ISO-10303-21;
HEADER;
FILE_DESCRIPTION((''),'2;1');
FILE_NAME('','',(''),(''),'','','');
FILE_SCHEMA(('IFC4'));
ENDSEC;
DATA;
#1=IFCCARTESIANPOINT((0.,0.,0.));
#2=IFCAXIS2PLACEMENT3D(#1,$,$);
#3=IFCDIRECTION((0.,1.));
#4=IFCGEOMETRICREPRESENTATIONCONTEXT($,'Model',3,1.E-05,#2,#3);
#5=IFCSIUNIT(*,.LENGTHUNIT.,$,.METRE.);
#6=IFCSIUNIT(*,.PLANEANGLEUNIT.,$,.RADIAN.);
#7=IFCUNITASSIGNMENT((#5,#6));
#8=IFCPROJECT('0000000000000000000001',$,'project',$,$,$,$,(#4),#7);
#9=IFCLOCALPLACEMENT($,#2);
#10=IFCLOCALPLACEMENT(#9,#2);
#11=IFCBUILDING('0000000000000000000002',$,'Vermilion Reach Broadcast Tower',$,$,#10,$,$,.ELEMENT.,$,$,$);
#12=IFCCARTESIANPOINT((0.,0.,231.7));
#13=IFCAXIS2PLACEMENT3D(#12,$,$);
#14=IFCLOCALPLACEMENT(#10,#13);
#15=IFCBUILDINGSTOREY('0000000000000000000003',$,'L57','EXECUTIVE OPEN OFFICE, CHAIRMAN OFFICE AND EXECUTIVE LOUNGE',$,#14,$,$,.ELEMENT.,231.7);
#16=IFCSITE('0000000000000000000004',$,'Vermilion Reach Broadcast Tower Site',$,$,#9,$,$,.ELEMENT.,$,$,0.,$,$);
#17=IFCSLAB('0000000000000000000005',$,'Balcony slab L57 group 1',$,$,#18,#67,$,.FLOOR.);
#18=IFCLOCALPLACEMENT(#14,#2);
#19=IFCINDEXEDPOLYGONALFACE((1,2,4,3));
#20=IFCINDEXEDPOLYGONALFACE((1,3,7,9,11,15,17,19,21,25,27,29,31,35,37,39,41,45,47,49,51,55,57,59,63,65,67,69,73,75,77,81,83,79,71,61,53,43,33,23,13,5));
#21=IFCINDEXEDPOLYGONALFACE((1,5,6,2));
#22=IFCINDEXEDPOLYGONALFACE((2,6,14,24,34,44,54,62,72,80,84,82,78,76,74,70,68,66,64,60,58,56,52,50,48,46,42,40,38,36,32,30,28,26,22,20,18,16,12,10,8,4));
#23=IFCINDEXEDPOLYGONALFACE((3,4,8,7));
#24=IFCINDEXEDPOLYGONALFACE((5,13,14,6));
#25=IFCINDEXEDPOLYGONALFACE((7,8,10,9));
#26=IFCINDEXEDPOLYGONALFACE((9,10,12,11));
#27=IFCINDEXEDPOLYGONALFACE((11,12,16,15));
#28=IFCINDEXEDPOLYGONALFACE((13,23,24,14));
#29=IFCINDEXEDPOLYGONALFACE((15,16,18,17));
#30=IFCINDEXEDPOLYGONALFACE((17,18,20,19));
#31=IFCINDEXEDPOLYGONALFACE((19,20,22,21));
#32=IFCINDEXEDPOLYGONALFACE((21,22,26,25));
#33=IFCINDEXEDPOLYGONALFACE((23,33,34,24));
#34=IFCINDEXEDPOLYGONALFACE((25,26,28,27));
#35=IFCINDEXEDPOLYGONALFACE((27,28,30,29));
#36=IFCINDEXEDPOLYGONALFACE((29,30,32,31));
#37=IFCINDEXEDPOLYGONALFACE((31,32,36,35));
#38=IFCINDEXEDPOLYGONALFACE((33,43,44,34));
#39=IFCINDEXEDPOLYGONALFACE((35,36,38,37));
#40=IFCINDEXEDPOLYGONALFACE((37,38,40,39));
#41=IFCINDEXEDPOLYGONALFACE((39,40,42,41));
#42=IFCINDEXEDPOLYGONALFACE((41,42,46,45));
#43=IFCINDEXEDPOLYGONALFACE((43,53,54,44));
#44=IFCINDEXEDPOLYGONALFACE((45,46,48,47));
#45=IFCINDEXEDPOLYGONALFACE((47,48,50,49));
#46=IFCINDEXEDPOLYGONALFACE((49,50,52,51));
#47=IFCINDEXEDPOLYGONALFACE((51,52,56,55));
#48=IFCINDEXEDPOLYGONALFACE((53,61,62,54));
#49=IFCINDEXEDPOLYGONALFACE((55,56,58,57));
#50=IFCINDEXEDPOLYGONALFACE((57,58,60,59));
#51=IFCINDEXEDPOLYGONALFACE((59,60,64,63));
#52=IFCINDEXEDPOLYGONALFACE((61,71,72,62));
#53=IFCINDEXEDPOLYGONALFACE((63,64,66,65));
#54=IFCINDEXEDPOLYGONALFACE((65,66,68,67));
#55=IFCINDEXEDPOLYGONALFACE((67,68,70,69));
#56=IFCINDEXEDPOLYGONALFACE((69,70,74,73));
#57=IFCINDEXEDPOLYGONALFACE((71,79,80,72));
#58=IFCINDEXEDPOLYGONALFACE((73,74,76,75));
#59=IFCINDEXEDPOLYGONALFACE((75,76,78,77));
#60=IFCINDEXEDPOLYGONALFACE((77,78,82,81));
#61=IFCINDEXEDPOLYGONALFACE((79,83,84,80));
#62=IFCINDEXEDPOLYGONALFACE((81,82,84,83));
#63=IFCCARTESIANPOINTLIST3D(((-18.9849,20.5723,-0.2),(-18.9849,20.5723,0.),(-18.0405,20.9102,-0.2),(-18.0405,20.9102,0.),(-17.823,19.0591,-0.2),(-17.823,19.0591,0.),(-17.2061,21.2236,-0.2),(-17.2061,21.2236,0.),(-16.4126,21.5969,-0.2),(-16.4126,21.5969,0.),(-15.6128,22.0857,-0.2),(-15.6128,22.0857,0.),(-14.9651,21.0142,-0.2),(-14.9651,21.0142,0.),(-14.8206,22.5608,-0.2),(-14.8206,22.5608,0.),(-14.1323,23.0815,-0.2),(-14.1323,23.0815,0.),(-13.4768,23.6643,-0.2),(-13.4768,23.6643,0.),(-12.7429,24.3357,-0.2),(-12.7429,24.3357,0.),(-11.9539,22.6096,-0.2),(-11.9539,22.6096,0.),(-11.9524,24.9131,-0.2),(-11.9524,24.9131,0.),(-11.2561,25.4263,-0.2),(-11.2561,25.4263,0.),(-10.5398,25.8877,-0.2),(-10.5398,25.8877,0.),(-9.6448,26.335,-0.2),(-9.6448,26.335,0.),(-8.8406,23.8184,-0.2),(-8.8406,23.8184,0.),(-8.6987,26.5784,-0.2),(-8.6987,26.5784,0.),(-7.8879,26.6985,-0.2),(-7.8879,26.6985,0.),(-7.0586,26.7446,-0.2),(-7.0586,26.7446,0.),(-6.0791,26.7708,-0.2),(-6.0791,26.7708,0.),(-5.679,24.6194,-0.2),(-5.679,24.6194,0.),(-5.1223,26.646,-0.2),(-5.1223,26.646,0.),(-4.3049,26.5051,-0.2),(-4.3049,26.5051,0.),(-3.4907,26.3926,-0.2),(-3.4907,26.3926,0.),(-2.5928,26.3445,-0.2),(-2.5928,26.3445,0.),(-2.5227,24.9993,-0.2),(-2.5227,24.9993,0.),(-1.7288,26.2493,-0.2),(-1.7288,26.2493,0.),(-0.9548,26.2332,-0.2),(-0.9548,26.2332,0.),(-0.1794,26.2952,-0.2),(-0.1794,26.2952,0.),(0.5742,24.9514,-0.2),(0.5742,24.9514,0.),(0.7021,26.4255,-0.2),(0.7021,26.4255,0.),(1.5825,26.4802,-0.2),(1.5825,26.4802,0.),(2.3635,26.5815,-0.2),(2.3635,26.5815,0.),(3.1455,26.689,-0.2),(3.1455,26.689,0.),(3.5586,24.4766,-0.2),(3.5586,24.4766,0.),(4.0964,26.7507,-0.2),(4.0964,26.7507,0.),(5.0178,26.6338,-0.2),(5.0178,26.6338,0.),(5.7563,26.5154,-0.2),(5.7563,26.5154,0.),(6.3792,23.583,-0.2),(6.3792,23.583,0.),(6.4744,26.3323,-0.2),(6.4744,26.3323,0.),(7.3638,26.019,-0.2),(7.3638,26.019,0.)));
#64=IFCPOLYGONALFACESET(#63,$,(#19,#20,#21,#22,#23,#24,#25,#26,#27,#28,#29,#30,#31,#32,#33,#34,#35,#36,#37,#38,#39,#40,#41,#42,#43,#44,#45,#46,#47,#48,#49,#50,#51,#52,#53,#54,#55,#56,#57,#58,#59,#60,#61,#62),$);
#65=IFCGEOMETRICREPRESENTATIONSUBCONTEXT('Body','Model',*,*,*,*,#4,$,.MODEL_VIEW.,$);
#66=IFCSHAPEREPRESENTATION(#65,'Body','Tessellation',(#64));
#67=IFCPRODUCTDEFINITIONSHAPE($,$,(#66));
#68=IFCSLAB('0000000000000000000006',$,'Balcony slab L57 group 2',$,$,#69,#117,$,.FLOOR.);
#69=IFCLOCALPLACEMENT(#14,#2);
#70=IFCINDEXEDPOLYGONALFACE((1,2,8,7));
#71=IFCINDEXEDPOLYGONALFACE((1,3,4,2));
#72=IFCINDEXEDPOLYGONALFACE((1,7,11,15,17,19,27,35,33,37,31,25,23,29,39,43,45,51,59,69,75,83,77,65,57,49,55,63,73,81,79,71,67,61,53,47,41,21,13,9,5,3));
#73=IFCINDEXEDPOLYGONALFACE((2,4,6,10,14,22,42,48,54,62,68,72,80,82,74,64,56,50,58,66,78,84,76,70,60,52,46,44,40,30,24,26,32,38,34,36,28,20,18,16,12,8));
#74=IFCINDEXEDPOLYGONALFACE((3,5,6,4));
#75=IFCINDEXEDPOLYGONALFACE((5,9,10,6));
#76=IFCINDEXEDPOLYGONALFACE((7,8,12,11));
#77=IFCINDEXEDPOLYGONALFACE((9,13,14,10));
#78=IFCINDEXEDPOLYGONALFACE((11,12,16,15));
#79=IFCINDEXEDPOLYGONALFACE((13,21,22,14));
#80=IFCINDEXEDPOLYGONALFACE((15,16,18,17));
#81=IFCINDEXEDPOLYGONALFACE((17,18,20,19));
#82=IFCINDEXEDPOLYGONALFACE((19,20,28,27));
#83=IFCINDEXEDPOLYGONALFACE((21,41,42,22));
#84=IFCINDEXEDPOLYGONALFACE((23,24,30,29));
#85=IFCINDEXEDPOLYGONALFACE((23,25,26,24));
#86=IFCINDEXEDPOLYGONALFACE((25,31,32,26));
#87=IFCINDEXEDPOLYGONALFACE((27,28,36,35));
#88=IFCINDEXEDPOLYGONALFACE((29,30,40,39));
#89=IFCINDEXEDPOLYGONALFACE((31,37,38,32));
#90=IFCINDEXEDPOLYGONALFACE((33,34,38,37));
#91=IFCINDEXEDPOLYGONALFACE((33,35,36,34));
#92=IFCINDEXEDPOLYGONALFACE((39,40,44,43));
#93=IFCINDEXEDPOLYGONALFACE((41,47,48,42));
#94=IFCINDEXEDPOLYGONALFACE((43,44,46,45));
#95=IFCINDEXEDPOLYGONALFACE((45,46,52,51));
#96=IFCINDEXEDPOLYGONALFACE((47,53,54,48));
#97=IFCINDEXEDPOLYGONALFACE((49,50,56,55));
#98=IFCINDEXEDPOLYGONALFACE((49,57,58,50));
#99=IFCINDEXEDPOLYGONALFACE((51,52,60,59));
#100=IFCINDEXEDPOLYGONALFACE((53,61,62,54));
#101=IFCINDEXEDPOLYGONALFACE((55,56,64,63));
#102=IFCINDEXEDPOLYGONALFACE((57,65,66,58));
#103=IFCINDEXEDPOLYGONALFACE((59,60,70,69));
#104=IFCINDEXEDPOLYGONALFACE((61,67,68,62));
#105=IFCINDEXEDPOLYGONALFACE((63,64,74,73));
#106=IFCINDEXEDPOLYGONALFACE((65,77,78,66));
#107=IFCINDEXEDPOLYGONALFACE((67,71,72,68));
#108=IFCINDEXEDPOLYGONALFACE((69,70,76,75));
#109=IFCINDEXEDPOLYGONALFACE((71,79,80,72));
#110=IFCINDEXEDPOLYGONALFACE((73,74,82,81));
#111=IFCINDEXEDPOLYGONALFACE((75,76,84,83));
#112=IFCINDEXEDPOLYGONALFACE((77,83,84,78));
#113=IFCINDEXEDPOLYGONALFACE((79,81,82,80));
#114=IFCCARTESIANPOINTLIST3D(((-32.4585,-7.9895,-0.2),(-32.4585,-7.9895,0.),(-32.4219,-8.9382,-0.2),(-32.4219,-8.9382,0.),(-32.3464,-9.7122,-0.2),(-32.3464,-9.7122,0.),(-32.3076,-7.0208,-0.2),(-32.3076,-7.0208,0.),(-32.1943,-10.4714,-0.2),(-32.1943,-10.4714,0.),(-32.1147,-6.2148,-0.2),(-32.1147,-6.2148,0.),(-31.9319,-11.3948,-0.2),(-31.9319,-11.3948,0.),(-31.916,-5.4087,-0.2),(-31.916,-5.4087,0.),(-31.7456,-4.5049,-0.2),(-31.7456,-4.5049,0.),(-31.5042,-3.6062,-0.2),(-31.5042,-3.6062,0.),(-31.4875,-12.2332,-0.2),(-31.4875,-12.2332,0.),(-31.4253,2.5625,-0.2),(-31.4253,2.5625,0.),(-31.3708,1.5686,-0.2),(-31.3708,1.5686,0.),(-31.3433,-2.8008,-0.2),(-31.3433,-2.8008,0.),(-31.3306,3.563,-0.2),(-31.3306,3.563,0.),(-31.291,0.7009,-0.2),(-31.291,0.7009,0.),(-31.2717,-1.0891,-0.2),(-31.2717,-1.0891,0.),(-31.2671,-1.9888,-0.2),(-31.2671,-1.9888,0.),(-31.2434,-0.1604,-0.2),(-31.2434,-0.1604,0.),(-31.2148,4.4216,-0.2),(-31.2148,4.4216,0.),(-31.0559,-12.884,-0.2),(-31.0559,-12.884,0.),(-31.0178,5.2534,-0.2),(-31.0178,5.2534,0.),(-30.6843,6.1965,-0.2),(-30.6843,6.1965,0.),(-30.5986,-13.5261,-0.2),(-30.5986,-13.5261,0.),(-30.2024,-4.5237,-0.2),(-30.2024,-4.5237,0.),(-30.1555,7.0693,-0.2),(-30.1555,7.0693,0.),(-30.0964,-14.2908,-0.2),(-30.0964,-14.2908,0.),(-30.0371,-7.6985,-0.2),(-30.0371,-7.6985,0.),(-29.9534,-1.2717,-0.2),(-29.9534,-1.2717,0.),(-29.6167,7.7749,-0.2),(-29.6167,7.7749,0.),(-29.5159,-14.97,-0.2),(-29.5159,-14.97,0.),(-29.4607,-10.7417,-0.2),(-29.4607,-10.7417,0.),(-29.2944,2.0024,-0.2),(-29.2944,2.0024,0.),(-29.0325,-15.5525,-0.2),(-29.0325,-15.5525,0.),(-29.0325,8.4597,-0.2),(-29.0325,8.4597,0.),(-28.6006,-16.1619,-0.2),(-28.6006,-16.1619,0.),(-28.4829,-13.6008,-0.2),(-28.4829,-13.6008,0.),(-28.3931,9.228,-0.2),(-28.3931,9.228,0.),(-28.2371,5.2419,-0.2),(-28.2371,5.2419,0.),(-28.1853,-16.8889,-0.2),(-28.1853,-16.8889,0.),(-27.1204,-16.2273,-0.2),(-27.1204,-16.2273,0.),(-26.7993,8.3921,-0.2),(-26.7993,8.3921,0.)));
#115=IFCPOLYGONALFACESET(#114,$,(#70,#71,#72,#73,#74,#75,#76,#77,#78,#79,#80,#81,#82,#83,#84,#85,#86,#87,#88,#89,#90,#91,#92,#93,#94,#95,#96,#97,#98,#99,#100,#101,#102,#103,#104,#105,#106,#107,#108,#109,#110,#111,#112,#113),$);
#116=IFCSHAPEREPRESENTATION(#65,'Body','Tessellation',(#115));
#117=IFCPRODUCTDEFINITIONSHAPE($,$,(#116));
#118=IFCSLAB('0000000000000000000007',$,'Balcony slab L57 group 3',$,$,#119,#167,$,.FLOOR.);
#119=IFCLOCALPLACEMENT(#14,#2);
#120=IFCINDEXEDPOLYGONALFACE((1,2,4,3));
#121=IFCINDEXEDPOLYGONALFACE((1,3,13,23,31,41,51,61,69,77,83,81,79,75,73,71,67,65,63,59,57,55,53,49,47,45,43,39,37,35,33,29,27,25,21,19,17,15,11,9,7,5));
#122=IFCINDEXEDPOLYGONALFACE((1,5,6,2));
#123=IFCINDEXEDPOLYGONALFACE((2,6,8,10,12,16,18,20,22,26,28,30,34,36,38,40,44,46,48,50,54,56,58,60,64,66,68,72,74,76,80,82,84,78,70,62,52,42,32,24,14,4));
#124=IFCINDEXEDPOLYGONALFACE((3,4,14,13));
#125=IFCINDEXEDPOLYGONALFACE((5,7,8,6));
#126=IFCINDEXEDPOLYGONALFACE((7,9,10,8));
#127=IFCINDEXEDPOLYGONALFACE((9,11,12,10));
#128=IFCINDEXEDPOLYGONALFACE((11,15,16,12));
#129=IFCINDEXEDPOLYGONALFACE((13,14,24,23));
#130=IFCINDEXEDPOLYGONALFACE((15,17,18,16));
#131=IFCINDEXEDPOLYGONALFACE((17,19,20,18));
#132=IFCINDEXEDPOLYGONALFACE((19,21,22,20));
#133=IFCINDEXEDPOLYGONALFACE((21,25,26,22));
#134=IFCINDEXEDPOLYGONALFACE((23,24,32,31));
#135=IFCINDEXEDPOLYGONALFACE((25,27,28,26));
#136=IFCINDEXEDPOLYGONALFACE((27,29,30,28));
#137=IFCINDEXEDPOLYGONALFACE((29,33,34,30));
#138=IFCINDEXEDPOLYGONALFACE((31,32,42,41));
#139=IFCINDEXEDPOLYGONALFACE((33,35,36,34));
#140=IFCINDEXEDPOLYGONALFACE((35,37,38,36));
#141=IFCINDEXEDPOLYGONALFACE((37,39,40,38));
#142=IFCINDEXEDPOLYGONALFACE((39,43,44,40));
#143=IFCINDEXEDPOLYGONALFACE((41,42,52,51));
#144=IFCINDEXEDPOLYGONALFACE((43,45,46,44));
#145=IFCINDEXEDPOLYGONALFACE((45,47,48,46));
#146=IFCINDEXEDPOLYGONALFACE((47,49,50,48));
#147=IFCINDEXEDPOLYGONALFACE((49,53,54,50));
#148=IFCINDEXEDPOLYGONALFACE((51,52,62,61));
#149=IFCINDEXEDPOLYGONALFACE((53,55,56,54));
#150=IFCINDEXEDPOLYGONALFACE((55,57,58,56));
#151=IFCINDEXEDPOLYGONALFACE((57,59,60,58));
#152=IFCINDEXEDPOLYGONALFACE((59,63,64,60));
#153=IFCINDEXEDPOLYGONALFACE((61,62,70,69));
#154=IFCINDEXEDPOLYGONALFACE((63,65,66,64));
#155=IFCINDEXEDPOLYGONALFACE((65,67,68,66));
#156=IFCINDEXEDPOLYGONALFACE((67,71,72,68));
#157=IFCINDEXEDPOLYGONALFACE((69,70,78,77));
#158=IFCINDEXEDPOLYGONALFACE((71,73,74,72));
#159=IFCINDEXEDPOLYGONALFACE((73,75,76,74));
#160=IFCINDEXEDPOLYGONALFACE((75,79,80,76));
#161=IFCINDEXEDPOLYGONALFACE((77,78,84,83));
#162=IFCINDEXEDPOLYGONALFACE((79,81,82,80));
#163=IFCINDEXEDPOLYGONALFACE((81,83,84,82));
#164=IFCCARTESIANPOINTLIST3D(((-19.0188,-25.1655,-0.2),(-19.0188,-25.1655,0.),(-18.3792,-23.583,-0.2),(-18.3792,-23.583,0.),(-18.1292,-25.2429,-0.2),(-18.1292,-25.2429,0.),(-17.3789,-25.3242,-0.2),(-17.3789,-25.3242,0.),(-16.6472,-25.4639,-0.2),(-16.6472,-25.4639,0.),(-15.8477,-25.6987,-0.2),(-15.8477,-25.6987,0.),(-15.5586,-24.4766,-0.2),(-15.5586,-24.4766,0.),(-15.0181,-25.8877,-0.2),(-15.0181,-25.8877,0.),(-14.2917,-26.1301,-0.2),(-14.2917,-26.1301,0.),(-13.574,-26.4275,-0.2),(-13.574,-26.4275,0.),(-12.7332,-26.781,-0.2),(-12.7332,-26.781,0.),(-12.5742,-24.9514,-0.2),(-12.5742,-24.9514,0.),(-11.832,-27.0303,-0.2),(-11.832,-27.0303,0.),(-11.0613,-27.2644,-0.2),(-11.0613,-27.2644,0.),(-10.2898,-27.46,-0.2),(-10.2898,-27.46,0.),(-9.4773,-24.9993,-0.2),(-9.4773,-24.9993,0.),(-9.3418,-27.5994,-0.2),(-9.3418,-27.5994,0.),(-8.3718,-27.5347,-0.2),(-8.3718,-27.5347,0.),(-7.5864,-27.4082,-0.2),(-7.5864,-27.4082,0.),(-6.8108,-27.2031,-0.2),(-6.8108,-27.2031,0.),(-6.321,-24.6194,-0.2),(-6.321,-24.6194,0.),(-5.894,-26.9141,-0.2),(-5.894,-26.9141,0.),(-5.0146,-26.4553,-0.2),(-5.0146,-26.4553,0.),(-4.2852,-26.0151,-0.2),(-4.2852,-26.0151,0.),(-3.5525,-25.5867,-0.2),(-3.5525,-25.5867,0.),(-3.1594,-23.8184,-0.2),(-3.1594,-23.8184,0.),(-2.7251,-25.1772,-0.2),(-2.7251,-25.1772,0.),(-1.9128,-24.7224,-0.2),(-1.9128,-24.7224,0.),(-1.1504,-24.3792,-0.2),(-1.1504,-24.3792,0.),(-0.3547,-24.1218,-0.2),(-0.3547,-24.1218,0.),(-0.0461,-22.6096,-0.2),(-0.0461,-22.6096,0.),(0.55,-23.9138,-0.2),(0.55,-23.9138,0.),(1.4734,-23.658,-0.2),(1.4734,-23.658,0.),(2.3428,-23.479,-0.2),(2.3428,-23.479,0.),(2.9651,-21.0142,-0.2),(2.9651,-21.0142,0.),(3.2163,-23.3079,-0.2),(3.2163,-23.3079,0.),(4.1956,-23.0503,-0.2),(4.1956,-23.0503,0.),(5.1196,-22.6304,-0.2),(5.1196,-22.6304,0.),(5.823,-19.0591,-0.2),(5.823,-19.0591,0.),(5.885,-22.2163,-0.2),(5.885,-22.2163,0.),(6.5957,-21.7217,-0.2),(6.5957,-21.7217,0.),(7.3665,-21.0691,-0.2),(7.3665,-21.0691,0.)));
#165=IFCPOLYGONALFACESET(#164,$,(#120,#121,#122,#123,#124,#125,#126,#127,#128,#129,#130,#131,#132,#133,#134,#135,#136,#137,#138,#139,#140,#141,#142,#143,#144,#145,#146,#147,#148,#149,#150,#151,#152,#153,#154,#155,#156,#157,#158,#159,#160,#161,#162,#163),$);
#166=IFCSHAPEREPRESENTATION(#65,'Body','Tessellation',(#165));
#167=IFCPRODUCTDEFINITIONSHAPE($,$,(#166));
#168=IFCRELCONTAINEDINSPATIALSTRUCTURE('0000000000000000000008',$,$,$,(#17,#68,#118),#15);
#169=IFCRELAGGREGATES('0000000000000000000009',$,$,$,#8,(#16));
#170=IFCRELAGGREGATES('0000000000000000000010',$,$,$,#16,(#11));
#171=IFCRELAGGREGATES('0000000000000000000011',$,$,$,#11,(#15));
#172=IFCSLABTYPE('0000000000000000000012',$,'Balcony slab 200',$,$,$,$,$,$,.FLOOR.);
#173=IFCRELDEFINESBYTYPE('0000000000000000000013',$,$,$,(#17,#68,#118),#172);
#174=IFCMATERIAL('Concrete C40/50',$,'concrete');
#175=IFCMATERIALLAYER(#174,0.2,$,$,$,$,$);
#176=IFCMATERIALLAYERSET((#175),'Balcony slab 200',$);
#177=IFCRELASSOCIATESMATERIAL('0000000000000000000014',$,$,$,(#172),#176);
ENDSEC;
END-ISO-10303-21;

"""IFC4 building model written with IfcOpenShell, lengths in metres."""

from ifc_helpers import new_model, si_unit, direction, frame, origin, place, context, subcontext, project, spatial, polyline, outline, extrude, material, layer, layer_set, type_object, element, save


model = new_model("IFC4")

# Units and contexts
model_context = context("Model", 3, precision=1e-05, world=origin(), true_north=direction((0.0, 1.0)))
body_context = subcontext(model_context, "Body", "Model", "MODEL_VIEW")
ifc_project = project(units=[si_unit("LENGTHUNIT", "METRE"), si_unit("PLANEANGLEUNIT", "RADIAN")], contexts=[model_context])

# Site, building, storey
site_placement = place(None, origin())
site = spatial("IfcSite", under=ifc_project, at=site_placement, Name="Vermilion Reach Broadcast Tower Site", CompositionType="ELEMENT", RefElevation=0.0)
building_placement = place(site_placement, origin())
building = spatial("IfcBuilding", under=site, at=building_placement, Name="Vermilion Reach Broadcast Tower", CompositionType="ELEMENT")
storey_placement = place(building_placement, frame((0.0, 0.0, 231.7)))
storey = spatial("IfcBuildingStorey", under=building, at=storey_placement, Name="L57", Description="EXECUTIVE OPEN OFFICE, CHAIRMAN OFFICE AND EXECUTIVE LOUNGE", CompositionType="ELEMENT", Elevation=231.7)

# Slabs
ifc_material_1 = material(Name="Concrete C40/50", Category="concrete")
ifc_layer_1 = layer(ifc_material_1, 0.2)
ifc_layer_set_1 = layer_set([ifc_layer_1], Name="Balcony slab 200")
slab_type_1 = type_object("IfcSlabType", Name="Balcony slab 200", PredefinedType="FLOOR", material=ifc_layer_set_1)
placement_1 = place(storey_placement, frame((0.0, 0.0, -0.2)))
element("IfcSlab", 1, at=placement_1, inside=storey, type_object=slab_type_1, Name="Balcony slab L57 group 1", PredefinedType="FLOOR", context=body_context, shape_type="SweptSolid", body=[
    extrude(outline(polyline([(6.3792, 23.583), (3.5586, 24.4766), (0.5742, 24.9514), (-2.5227, 24.9993), (-5.679, 24.6194), (-8.8406, 23.8184), (-11.9539, 22.6096), (-14.9651, 21.0142), (-17.823, 19.0591), (-18.9849, 20.5723), (-18.0405, 20.9102), (-17.2061, 21.2236), (-16.4126, 21.5969), (-15.6128, 22.0857), (-14.8206, 22.5608), (-14.1323, 23.0815), (-13.4768, 23.6643), (-12.7429, 24.3357), (-11.9524, 24.9131), (-11.2561, 25.4263), (-10.5398, 25.8877), (-9.6448, 26.335), (-8.6987, 26.5784), (-7.8879, 26.6985), (-7.0586, 26.7446), (-6.0791, 26.7708), (-5.1223, 26.646), (-4.3049, 26.5051), (-3.4907, 26.3926), (-2.5928, 26.3445), (-1.7288, 26.2493), (-0.9548, 26.2332), (-0.1794, 26.2952), (0.7021, 26.4255), (1.5825, 26.4802), (2.3635, 26.5815), (3.1455, 26.689), (4.0964, 26.7507), (5.0178, 26.6338), (5.7563, 26.5154), (6.4744, 26.3323), (7.3638, 26.019), (6.3792, 23.583)])), origin(), (0.0, 0.0, 1.0), 0.2),
])
element("IfcSlab", 2, at=placement_1, inside=storey, type_object=slab_type_1, Name="Balcony slab L57 group 2", PredefinedType="FLOOR", context=body_context, shape_type="SweptSolid", body=[
    extrude(outline(polyline([(-26.7993, 8.3921), (-28.2371, 5.2419), (-29.2944, 2.0024), (-29.9534, -1.2717), (-30.2024, -4.5237), (-30.0371, -7.6985), (-29.4607, -10.7417), (-28.4829, -13.6008), (-27.1204, -16.2273), (-28.1853, -16.8889), (-28.6006, -16.1619), (-29.0325, -15.5525), (-29.5159, -14.97), (-30.0964, -14.2908), (-30.5986, -13.5261), (-31.0559, -12.884), (-31.4875, -12.2332), (-31.9319, -11.3948), (-32.1943, -10.4714), (-32.3464, -9.7122), (-32.4219, -8.9382), (-32.4585, -7.9895), (-32.3076, -7.0208), (-32.1147, -6.2148), (-31.916, -5.4087), (-31.7456, -4.5049), (-31.5042, -3.6062), (-31.3433, -2.8008), (-31.2671, -1.9888), (-31.2717, -1.0891), (-31.2434, -0.1604), (-31.291, 0.7009), (-31.3708, 1.5686), (-31.4253, 2.5625), (-31.3306, 3.563), (-31.2148, 4.4216), (-31.0178, 5.2534), (-30.6843, 6.1965), (-30.1555, 7.0693), (-29.6167, 7.7749), (-29.0325, 8.4597), (-28.3931, 9.228), (-26.7993, 8.3921)])), origin(), (0.0, 0.0, 1.0), 0.2),
])
element("IfcSlab", 3, at=placement_1, inside=storey, type_object=slab_type_1, Name="Balcony slab L57 group 3", PredefinedType="FLOOR", context=body_context, shape_type="SweptSolid", body=[
    extrude(outline(polyline([(-18.3792, -23.583), (-15.5586, -24.4766), (-12.5742, -24.9514), (-9.4773, -24.9993), (-6.321, -24.6194), (-3.1594, -23.8184), (-0.0461, -22.6096), (2.9651, -21.0142), (5.823, -19.0591), (7.3665, -21.0691), (6.5957, -21.7217), (5.885, -22.2163), (5.1196, -22.6304), (4.1956, -23.0503), (3.2163, -23.3079), (2.3428, -23.479), (1.4734, -23.658), (0.55, -23.9138), (-0.3547, -24.1218), (-1.1504, -24.3792), (-1.9128, -24.7224), (-2.7251, -25.1772), (-3.5525, -25.5867), (-4.2852, -26.0151), (-5.0146, -26.4553), (-5.894, -26.9141), (-6.8108, -27.2031), (-7.5864, -27.4082), (-8.3718, -27.5347), (-9.3418, -27.5994), (-10.2898, -27.46), (-11.0613, -27.2644), (-11.832, -27.0303), (-12.7332, -26.781), (-13.574, -26.4275), (-14.2917, -26.1301), (-15.0181, -25.8877), (-15.8477, -25.6987), (-16.6472, -25.4639), (-17.3789, -25.3242), (-18.1292, -25.2429), (-19.0188, -25.1655), (-18.3792, -23.583)])), origin(), (0.0, 0.0, 1.0), 0.2),
])

save(model, "model.ifc")
